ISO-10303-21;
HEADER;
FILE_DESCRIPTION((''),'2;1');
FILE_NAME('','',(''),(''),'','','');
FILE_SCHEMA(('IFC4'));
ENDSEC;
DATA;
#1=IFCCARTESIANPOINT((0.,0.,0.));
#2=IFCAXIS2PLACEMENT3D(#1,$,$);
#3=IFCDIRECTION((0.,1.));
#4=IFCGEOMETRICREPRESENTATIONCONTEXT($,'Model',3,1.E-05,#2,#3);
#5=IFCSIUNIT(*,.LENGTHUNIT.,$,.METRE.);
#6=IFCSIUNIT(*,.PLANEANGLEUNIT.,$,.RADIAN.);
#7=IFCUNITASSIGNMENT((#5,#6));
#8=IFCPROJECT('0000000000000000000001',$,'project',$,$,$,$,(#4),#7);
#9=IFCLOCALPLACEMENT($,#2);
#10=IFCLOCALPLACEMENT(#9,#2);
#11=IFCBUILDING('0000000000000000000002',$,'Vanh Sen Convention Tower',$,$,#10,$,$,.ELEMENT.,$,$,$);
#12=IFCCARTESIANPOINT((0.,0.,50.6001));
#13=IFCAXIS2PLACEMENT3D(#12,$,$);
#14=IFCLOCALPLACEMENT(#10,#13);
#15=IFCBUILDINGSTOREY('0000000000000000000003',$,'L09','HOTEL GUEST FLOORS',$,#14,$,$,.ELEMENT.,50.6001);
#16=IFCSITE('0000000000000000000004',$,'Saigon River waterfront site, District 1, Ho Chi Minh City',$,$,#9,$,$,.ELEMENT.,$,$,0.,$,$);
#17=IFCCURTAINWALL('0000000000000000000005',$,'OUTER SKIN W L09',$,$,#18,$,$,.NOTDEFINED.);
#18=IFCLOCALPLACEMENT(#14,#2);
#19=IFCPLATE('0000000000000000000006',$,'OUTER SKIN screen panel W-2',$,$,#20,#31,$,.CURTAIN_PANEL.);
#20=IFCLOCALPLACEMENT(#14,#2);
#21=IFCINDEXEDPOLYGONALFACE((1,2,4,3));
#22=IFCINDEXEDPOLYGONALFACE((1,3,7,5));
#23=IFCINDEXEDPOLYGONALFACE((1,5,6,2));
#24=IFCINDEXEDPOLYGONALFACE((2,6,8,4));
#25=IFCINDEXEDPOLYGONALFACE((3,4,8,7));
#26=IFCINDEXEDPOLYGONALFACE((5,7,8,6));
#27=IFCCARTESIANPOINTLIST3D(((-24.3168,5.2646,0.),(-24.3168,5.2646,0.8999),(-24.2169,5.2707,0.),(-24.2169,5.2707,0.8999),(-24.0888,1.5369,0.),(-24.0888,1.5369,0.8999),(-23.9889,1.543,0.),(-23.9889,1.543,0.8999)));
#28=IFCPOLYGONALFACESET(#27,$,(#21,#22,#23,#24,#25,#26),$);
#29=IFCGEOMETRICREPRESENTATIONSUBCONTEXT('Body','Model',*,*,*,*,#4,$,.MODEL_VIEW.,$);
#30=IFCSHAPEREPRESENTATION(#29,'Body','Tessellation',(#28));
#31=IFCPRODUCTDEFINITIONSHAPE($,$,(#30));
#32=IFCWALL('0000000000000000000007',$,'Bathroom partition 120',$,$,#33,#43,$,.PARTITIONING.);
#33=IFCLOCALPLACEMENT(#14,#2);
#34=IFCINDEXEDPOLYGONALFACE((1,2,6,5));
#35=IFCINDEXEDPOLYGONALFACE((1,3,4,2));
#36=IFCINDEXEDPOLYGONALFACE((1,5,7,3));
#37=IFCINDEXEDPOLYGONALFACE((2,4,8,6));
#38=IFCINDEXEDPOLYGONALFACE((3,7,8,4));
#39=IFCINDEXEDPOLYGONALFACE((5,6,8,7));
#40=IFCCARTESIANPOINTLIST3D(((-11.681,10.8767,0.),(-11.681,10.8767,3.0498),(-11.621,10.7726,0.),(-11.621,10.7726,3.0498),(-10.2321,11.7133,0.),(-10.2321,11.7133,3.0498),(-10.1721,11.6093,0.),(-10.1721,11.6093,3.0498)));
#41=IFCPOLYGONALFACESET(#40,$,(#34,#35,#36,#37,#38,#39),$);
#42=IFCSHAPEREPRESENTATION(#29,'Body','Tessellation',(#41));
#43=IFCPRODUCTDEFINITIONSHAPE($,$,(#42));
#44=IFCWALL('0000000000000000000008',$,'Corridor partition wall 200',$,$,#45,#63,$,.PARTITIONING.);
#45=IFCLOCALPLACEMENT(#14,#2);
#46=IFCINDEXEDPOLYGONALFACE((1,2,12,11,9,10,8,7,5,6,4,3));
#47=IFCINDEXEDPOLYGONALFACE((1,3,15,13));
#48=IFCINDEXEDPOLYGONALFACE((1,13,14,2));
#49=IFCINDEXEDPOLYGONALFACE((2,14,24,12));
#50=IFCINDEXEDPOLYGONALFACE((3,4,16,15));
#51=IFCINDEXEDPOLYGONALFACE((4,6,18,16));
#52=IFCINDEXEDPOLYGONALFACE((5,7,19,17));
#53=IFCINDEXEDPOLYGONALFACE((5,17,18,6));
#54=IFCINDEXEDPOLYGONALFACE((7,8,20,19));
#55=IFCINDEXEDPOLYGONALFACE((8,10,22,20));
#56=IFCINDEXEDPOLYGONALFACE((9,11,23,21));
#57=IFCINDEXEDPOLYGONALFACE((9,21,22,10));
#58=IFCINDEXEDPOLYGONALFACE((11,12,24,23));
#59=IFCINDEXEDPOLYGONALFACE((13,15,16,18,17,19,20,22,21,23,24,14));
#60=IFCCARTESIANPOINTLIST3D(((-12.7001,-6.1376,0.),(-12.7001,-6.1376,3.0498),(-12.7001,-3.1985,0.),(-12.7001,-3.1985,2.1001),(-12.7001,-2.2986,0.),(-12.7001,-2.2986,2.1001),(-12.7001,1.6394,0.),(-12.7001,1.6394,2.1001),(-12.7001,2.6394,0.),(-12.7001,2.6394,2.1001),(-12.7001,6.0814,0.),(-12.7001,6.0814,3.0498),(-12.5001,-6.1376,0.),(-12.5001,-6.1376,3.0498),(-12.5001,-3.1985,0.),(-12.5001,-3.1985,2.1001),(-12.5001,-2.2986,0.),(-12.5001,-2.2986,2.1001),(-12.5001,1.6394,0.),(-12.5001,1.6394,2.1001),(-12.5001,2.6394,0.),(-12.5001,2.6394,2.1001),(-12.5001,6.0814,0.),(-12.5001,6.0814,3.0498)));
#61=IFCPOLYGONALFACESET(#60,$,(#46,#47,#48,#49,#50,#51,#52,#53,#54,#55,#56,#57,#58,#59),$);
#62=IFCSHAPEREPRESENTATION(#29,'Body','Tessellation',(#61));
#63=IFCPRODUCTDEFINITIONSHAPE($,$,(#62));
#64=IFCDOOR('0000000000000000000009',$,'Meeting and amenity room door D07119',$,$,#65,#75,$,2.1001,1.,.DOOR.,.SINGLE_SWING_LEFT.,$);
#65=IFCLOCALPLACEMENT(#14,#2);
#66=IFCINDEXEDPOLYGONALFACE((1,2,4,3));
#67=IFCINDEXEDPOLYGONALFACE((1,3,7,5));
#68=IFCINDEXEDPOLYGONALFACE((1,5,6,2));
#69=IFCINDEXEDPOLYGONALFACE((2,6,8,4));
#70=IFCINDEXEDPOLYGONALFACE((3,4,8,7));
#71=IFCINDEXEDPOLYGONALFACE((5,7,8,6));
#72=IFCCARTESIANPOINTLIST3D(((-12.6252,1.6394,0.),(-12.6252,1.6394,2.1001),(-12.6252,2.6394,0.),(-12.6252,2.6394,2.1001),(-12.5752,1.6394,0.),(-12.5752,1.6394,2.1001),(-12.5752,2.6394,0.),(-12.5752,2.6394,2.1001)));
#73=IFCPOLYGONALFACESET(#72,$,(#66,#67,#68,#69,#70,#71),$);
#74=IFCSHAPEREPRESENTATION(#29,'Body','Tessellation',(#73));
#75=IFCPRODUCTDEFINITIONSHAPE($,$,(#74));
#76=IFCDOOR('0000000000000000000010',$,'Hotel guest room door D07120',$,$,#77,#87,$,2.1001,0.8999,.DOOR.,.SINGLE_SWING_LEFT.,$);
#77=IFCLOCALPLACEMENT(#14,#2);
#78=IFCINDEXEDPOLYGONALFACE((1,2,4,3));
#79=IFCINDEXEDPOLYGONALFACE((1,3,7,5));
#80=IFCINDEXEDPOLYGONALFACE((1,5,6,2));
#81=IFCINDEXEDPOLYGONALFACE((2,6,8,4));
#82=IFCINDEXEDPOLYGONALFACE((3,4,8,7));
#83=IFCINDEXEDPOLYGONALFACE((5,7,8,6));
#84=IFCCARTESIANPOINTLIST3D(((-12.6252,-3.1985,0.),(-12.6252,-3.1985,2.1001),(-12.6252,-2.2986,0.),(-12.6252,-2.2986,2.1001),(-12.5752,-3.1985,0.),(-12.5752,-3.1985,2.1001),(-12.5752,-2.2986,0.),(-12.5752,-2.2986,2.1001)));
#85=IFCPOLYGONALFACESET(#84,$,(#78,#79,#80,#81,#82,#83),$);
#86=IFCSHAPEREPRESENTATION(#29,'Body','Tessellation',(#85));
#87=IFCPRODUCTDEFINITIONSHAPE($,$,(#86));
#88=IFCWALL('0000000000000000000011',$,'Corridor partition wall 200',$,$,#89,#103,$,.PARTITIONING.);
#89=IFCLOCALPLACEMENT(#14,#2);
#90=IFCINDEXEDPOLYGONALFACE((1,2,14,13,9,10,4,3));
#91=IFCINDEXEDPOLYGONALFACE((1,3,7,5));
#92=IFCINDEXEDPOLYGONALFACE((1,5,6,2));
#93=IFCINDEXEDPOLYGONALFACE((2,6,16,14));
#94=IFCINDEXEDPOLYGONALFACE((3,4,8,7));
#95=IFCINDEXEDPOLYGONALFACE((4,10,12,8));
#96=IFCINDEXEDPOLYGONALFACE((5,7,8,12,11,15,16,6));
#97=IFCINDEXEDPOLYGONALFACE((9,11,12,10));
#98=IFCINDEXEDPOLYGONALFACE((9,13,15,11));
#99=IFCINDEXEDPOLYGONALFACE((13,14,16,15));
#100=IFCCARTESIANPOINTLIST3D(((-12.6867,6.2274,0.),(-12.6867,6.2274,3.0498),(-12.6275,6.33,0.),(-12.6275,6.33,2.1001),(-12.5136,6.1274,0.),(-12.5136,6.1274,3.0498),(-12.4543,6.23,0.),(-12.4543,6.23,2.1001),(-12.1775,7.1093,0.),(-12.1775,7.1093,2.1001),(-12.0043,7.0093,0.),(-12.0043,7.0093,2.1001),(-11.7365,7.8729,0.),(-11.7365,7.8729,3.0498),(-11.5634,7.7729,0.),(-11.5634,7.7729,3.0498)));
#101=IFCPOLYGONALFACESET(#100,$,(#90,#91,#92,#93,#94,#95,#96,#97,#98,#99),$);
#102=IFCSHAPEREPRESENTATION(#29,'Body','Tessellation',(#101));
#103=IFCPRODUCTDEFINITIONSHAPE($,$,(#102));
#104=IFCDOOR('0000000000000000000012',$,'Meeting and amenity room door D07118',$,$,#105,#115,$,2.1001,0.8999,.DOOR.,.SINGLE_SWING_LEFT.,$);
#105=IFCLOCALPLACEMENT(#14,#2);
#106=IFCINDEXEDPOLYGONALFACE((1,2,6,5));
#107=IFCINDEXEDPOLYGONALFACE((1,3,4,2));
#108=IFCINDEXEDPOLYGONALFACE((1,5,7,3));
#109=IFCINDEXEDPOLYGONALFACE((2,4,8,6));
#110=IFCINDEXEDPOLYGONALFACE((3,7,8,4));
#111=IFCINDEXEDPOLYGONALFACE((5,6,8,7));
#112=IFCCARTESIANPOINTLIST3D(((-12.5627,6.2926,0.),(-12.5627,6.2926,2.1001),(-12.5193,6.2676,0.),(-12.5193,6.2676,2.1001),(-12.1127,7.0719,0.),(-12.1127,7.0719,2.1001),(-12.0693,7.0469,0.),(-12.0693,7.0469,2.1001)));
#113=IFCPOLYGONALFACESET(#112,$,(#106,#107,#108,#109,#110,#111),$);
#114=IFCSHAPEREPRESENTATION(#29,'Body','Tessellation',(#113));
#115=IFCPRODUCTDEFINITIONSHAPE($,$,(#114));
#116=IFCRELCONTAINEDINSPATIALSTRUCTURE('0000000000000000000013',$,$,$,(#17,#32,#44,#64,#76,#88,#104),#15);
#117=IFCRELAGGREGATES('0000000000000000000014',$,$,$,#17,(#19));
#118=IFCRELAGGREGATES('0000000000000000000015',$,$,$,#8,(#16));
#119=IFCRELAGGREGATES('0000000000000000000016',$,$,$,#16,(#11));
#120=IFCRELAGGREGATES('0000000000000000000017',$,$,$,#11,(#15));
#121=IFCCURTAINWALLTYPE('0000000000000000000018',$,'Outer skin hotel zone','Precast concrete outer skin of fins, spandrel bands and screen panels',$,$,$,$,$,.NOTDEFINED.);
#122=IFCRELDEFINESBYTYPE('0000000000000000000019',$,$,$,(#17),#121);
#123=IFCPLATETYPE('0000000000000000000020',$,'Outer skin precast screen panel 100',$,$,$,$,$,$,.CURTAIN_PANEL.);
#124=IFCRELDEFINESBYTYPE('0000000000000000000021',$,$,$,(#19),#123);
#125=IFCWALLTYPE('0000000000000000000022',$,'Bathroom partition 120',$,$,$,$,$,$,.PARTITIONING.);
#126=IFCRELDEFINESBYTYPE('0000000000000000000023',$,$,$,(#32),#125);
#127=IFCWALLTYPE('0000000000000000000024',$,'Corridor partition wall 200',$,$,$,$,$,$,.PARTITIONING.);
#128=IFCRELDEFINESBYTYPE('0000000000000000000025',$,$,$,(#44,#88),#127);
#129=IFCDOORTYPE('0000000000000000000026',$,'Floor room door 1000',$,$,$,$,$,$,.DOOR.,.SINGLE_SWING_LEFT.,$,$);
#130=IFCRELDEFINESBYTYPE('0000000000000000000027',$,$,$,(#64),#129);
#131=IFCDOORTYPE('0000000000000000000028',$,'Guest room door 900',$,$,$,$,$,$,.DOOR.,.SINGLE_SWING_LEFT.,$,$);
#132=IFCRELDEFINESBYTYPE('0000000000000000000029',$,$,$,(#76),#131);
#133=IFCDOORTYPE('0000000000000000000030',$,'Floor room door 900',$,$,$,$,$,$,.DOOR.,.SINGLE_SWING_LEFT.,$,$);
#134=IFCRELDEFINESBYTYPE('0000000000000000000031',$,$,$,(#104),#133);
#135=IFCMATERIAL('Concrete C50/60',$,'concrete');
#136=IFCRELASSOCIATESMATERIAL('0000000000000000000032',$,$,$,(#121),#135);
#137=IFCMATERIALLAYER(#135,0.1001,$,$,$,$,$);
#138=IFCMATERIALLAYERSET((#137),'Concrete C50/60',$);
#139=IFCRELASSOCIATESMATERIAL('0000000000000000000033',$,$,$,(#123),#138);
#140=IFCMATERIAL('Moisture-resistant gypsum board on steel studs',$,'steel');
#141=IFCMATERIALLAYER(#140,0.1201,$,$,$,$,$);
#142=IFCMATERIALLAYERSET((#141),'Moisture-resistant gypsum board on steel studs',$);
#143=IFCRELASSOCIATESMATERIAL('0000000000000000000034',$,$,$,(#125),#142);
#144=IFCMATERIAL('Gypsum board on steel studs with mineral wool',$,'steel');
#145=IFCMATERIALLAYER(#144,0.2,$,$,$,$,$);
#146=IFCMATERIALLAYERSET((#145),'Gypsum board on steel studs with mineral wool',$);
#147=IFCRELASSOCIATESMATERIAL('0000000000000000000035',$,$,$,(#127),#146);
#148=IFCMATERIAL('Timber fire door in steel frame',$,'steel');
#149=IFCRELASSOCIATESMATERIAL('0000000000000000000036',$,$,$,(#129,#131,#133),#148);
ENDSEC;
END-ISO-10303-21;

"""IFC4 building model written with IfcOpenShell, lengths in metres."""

from ifc_helpers import new_model, si_unit, direction, frame, frame_2d, origin, origin_2d, place, context, subcontext, project, spatial, rectangle, extrude, material, layer, layer_set, type_object, element, fill, aggregate, save


model = new_model("IFC4")

# Units and contexts
model_context = context("Model", 3, precision=1e-05, world=origin(), true_north=direction((0.0, 1.0)))
body_context = subcontext(model_context, "Body", "Model", "MODEL_VIEW")
ifc_project = project(units=[si_unit("LENGTHUNIT", "METRE"), si_unit("PLANEANGLEUNIT", "RADIAN")], contexts=[model_context])

# Site, building, storey
site_placement = place(None, origin())
site = spatial("IfcSite", under=ifc_project, at=site_placement, Name="Saigon River waterfront site, District 1, Ho Chi Minh City", CompositionType="ELEMENT", RefElevation=0.0)
building_placement = place(site_placement, origin())
building = spatial("IfcBuilding", under=site, at=building_placement, Name="Vanh Sen Convention Tower", CompositionType="ELEMENT")
storey_placement = place(building_placement, frame((0.0, 0.0, 50.6001)))
storey = spatial("IfcBuildingStorey", under=building, at=storey_placement, Name="L09", Description="HOTEL GUEST FLOORS", CompositionType="ELEMENT", Elevation=50.6001)

# Curtain wall
ifc_material_1 = material(Name="Concrete C50/60", Category="concrete")
curtain_wall_type = type_object("IfcCurtainWallType", Name="Outer skin hotel zone", Description="Precast concrete outer skin of fins, spandrel bands and screen panels", PredefinedType="NOTDEFINED", material=ifc_material_1)
curtain_wall_1_placement = place(storey_placement, origin())
curtain_wall_1 = element("IfcCurtainWall", 1, at=curtain_wall_1_placement, inside=storey, type_object=curtain_wall_type, Name="OUTER SKIN W L09", PredefinedType="NOTDEFINED")

# Shared definitions
ifc_layer_1 = layer(ifc_material_1, 0.1001)
ifc_layer_set_1 = layer_set([ifc_layer_1], Name="Concrete C50/60")
plate_type = type_object("IfcPlateType", Name="Outer skin precast screen panel 100", PredefinedType="CURTAIN_PANEL", material=ifc_layer_set_1)

# Plate
plate_1_placement = place(storey_placement, frame((-24.1528, 3.4038, 0.0), z_axis=(0.0, 0.0, 1.0), x_axis=(0.061049, -0.998135, 0.0)))
plate_1 = element("IfcPlate", 2, at=plate_1_placement, type_object=plate_type, Name="OUTER SKIN screen panel W-2", PredefinedType="CURTAIN_PANEL", context=body_context, shape_type="SweptSolid", body=[
    extrude(rectangle(XDim=3.7346, YDim=0.1001, at=origin_2d()), origin(), (0.0, 0.0, 1.0), 0.8999),
])
aggregate(curtain_wall_1, [plate_1])

# Wall
ifc_material_2 = material(Name="Moisture-resistant gypsum board on steel studs", Category="steel")
ifc_layer_2 = layer(ifc_material_2, 0.1201)
ifc_layer_set_2 = layer_set([ifc_layer_2], Name="Moisture-resistant gypsum board on steel studs")
wall_type_1 = type_object("IfcWallType", Name="Bathroom partition 120", PredefinedType="PARTITIONING", material=ifc_layer_set_2)
wall_1_placement = place(storey_placement, frame((-11.6509, 10.8247, 0.0), z_axis=(0.0, 0.0, 1.0), x_axis=(0.865998, 0.500047, 0.0)))
element("IfcWall", 3, at=wall_1_placement, inside=storey, type_object=wall_type_1, Name="Bathroom partition 120", PredefinedType="PARTITIONING", context=body_context, shape_type="SweptSolid", body=[
    extrude(rectangle(XDim=1.6731, YDim=0.1201, at=frame_2d((0.8364, 0.0))), origin(), (0.0, 0.0, 1.0), 3.0498),
])

# Wall, openings, doors
ifc_material_3 = material(Name="Gypsum board on steel studs with mineral wool", Category="steel")
ifc_layer_3 = layer(ifc_material_3, 0.2)
ifc_layer_set_3 = layer_set([ifc_layer_3], Name="Gypsum board on steel studs with mineral wool")
wall_type_2 = type_object("IfcWallType", Name="Corridor partition wall 200", PredefinedType="PARTITIONING", material=ifc_layer_set_3)
wall_2_placement = place(storey_placement, frame((-12.6001, 6.0813, 0.0), z_axis=(0.0, 0.0, 1.0), x_axis=(0.0, -1.0, 0.0)))
wall_2 = element("IfcWall", 4, at=wall_2_placement, inside=storey, type_object=wall_type_2, Name="Corridor partition wall 200", PredefinedType="PARTITIONING", context=body_context, shape_type="SweptSolid", body=[
    extrude(rectangle(XDim=12.219, YDim=0.2, at=frame_2d((6.1094, 0.0))), origin(), (0.0, 0.0, 1.0), 3.0498),
])
opening_1_placement = place(wall_2_placement, frame((3.4419, 0.0, 0.0)))
opening_1 = element("IfcOpeningElement", 5, at=opening_1_placement, cuts=wall_2, PredefinedType="OPENING", context=body_context, shape_type="SweptSolid", body=[
    extrude(rectangle(XDim=1.0, YDim=2.1001, at=frame_2d((0.5, 1.05))), frame((0.0, 0.1099, 0.0), z_axis=(0.0, -1.0, 0.0), x_axis=(1.0, 0.0, 0.0)), (0.0, 0.0, 1.0), 0.22),
])
opening_2_placement = place(wall_2_placement, frame((8.3799, 0.0, 0.0)))
opening_2 = element("IfcOpeningElement", 6, at=opening_2_placement, cuts=wall_2, PredefinedType="OPENING", context=body_context, shape_type="SweptSolid", body=[
    extrude(rectangle(XDim=0.8999, YDim=2.1001, at=frame_2d((0.45, 1.05))), frame((0.0, 0.1099, 0.0), z_axis=(0.0, -1.0, 0.0), x_axis=(1.0, 0.0, 0.0)), (0.0, 0.0, 1.0), 0.22),
])
ifc_material_4 = material(Name="Timber fire door in steel frame", Category="steel")
door_type_1 = type_object("IfcDoorType", Name="Floor room door 1000", OperationType="SINGLE_SWING_LEFT", PredefinedType="DOOR", material=ifc_material_4)
door_1_placement = place(opening_1_placement, origin())
door_1 = element("IfcDoor", 7, at=door_1_placement, inside=storey, type_object=door_type_1, Name="Meeting and amenity room door D07119", OperationType="SINGLE_SWING_LEFT", OverallHeight=2.1001, OverallWidth=1.0, PredefinedType="DOOR", context=body_context, shape_type="SweptSolid", body=[
    extrude(rectangle(XDim=1.0, YDim=2.1001, at=frame_2d((0.5, 1.05))), frame((0.0, 0.0249, 0.0), z_axis=(0.0, -1.0, 0.0), x_axis=(1.0, 0.0, 0.0)), (0.0, 0.0, 1.0), 0.05),
])
fill(opening_1, door_1)
door_type_2 = type_object("IfcDoorType", Name="Guest room door 900", OperationType="SINGLE_SWING_LEFT", PredefinedType="DOOR", material=ifc_material_4)
door_2_placement = place(opening_2_placement, origin())
door_2 = element("IfcDoor", 8, at=door_2_placement, inside=storey, type_object=door_type_2, Name="Hotel guest room door D07120", OperationType="SINGLE_SWING_LEFT", OverallHeight=2.1001, OverallWidth=0.8999, PredefinedType="DOOR", context=body_context, shape_type="SweptSolid", body=[
    extrude(rectangle(XDim=0.8999, YDim=2.1001, at=frame_2d((0.45, 1.05))), frame((0.0, 0.0249, 0.0), z_axis=(0.0, -1.0, 0.0), x_axis=(1.0, 0.0, 0.0)), (0.0, 0.0, 1.0), 0.05),
])
fill(opening_2, door_2)

# Wall, opening, door
wall_3_placement = place(storey_placement, frame((-11.6499, 7.823, 0.0), z_axis=(0.0, 0.0, 1.0), x_axis=(-0.500064, -0.865989, 0.0)))
wall_3 = element("IfcWall", 9, at=wall_3_placement, inside=storey, type_object=wall_type_2, Name="Corridor partition wall 200", PredefinedType="PARTITIONING", context=body_context, shape_type="SweptSolid", body=[
    extrude(rectangle(XDim=1.9001, YDim=0.2, at=frame_2d((0.9502, 0.0))), origin(), (0.0, 0.0, 1.0), 3.0498),
])
opening_3_placement = place(wall_3_placement, frame((0.8818, 0.0, 0.0)))
opening_3 = element("IfcOpeningElement", 10, at=opening_3_placement, cuts=wall_3, PredefinedType="OPENING", context=body_context, shape_type="SweptSolid", body=[
    extrude(rectangle(XDim=0.8999, YDim=2.1001, at=frame_2d((0.45, 1.05))), frame((0.0, 0.1099, 0.0), z_axis=(0.0, -1.0, 0.0), x_axis=(1.0, 0.0, 0.0)), (0.0, 0.0, 1.0), 0.22),
])
door_type_3 = type_object("IfcDoorType", Name="Floor room door 900", OperationType="SINGLE_SWING_LEFT", PredefinedType="DOOR", material=ifc_material_4)
door_3_placement = place(opening_3_placement, origin())
door_3 = element("IfcDoor", 11, at=door_3_placement, inside=storey, type_object=door_type_3, Name="Meeting and amenity room door D07118", OperationType="SINGLE_SWING_LEFT", OverallHeight=2.1001, OverallWidth=0.8999, PredefinedType="DOOR", context=body_context, shape_type="SweptSolid", body=[
    extrude(rectangle(XDim=0.8999, YDim=2.1001, at=frame_2d((0.45, 1.05))), frame((0.0, 0.0249, 0.0), z_axis=(0.0, -1.0, 0.0), x_axis=(1.0, 0.0, 0.0)), (0.0, 0.0, 1.0), 0.05),
])
fill(opening_3, door_3)

save(model, "model.ifc")
